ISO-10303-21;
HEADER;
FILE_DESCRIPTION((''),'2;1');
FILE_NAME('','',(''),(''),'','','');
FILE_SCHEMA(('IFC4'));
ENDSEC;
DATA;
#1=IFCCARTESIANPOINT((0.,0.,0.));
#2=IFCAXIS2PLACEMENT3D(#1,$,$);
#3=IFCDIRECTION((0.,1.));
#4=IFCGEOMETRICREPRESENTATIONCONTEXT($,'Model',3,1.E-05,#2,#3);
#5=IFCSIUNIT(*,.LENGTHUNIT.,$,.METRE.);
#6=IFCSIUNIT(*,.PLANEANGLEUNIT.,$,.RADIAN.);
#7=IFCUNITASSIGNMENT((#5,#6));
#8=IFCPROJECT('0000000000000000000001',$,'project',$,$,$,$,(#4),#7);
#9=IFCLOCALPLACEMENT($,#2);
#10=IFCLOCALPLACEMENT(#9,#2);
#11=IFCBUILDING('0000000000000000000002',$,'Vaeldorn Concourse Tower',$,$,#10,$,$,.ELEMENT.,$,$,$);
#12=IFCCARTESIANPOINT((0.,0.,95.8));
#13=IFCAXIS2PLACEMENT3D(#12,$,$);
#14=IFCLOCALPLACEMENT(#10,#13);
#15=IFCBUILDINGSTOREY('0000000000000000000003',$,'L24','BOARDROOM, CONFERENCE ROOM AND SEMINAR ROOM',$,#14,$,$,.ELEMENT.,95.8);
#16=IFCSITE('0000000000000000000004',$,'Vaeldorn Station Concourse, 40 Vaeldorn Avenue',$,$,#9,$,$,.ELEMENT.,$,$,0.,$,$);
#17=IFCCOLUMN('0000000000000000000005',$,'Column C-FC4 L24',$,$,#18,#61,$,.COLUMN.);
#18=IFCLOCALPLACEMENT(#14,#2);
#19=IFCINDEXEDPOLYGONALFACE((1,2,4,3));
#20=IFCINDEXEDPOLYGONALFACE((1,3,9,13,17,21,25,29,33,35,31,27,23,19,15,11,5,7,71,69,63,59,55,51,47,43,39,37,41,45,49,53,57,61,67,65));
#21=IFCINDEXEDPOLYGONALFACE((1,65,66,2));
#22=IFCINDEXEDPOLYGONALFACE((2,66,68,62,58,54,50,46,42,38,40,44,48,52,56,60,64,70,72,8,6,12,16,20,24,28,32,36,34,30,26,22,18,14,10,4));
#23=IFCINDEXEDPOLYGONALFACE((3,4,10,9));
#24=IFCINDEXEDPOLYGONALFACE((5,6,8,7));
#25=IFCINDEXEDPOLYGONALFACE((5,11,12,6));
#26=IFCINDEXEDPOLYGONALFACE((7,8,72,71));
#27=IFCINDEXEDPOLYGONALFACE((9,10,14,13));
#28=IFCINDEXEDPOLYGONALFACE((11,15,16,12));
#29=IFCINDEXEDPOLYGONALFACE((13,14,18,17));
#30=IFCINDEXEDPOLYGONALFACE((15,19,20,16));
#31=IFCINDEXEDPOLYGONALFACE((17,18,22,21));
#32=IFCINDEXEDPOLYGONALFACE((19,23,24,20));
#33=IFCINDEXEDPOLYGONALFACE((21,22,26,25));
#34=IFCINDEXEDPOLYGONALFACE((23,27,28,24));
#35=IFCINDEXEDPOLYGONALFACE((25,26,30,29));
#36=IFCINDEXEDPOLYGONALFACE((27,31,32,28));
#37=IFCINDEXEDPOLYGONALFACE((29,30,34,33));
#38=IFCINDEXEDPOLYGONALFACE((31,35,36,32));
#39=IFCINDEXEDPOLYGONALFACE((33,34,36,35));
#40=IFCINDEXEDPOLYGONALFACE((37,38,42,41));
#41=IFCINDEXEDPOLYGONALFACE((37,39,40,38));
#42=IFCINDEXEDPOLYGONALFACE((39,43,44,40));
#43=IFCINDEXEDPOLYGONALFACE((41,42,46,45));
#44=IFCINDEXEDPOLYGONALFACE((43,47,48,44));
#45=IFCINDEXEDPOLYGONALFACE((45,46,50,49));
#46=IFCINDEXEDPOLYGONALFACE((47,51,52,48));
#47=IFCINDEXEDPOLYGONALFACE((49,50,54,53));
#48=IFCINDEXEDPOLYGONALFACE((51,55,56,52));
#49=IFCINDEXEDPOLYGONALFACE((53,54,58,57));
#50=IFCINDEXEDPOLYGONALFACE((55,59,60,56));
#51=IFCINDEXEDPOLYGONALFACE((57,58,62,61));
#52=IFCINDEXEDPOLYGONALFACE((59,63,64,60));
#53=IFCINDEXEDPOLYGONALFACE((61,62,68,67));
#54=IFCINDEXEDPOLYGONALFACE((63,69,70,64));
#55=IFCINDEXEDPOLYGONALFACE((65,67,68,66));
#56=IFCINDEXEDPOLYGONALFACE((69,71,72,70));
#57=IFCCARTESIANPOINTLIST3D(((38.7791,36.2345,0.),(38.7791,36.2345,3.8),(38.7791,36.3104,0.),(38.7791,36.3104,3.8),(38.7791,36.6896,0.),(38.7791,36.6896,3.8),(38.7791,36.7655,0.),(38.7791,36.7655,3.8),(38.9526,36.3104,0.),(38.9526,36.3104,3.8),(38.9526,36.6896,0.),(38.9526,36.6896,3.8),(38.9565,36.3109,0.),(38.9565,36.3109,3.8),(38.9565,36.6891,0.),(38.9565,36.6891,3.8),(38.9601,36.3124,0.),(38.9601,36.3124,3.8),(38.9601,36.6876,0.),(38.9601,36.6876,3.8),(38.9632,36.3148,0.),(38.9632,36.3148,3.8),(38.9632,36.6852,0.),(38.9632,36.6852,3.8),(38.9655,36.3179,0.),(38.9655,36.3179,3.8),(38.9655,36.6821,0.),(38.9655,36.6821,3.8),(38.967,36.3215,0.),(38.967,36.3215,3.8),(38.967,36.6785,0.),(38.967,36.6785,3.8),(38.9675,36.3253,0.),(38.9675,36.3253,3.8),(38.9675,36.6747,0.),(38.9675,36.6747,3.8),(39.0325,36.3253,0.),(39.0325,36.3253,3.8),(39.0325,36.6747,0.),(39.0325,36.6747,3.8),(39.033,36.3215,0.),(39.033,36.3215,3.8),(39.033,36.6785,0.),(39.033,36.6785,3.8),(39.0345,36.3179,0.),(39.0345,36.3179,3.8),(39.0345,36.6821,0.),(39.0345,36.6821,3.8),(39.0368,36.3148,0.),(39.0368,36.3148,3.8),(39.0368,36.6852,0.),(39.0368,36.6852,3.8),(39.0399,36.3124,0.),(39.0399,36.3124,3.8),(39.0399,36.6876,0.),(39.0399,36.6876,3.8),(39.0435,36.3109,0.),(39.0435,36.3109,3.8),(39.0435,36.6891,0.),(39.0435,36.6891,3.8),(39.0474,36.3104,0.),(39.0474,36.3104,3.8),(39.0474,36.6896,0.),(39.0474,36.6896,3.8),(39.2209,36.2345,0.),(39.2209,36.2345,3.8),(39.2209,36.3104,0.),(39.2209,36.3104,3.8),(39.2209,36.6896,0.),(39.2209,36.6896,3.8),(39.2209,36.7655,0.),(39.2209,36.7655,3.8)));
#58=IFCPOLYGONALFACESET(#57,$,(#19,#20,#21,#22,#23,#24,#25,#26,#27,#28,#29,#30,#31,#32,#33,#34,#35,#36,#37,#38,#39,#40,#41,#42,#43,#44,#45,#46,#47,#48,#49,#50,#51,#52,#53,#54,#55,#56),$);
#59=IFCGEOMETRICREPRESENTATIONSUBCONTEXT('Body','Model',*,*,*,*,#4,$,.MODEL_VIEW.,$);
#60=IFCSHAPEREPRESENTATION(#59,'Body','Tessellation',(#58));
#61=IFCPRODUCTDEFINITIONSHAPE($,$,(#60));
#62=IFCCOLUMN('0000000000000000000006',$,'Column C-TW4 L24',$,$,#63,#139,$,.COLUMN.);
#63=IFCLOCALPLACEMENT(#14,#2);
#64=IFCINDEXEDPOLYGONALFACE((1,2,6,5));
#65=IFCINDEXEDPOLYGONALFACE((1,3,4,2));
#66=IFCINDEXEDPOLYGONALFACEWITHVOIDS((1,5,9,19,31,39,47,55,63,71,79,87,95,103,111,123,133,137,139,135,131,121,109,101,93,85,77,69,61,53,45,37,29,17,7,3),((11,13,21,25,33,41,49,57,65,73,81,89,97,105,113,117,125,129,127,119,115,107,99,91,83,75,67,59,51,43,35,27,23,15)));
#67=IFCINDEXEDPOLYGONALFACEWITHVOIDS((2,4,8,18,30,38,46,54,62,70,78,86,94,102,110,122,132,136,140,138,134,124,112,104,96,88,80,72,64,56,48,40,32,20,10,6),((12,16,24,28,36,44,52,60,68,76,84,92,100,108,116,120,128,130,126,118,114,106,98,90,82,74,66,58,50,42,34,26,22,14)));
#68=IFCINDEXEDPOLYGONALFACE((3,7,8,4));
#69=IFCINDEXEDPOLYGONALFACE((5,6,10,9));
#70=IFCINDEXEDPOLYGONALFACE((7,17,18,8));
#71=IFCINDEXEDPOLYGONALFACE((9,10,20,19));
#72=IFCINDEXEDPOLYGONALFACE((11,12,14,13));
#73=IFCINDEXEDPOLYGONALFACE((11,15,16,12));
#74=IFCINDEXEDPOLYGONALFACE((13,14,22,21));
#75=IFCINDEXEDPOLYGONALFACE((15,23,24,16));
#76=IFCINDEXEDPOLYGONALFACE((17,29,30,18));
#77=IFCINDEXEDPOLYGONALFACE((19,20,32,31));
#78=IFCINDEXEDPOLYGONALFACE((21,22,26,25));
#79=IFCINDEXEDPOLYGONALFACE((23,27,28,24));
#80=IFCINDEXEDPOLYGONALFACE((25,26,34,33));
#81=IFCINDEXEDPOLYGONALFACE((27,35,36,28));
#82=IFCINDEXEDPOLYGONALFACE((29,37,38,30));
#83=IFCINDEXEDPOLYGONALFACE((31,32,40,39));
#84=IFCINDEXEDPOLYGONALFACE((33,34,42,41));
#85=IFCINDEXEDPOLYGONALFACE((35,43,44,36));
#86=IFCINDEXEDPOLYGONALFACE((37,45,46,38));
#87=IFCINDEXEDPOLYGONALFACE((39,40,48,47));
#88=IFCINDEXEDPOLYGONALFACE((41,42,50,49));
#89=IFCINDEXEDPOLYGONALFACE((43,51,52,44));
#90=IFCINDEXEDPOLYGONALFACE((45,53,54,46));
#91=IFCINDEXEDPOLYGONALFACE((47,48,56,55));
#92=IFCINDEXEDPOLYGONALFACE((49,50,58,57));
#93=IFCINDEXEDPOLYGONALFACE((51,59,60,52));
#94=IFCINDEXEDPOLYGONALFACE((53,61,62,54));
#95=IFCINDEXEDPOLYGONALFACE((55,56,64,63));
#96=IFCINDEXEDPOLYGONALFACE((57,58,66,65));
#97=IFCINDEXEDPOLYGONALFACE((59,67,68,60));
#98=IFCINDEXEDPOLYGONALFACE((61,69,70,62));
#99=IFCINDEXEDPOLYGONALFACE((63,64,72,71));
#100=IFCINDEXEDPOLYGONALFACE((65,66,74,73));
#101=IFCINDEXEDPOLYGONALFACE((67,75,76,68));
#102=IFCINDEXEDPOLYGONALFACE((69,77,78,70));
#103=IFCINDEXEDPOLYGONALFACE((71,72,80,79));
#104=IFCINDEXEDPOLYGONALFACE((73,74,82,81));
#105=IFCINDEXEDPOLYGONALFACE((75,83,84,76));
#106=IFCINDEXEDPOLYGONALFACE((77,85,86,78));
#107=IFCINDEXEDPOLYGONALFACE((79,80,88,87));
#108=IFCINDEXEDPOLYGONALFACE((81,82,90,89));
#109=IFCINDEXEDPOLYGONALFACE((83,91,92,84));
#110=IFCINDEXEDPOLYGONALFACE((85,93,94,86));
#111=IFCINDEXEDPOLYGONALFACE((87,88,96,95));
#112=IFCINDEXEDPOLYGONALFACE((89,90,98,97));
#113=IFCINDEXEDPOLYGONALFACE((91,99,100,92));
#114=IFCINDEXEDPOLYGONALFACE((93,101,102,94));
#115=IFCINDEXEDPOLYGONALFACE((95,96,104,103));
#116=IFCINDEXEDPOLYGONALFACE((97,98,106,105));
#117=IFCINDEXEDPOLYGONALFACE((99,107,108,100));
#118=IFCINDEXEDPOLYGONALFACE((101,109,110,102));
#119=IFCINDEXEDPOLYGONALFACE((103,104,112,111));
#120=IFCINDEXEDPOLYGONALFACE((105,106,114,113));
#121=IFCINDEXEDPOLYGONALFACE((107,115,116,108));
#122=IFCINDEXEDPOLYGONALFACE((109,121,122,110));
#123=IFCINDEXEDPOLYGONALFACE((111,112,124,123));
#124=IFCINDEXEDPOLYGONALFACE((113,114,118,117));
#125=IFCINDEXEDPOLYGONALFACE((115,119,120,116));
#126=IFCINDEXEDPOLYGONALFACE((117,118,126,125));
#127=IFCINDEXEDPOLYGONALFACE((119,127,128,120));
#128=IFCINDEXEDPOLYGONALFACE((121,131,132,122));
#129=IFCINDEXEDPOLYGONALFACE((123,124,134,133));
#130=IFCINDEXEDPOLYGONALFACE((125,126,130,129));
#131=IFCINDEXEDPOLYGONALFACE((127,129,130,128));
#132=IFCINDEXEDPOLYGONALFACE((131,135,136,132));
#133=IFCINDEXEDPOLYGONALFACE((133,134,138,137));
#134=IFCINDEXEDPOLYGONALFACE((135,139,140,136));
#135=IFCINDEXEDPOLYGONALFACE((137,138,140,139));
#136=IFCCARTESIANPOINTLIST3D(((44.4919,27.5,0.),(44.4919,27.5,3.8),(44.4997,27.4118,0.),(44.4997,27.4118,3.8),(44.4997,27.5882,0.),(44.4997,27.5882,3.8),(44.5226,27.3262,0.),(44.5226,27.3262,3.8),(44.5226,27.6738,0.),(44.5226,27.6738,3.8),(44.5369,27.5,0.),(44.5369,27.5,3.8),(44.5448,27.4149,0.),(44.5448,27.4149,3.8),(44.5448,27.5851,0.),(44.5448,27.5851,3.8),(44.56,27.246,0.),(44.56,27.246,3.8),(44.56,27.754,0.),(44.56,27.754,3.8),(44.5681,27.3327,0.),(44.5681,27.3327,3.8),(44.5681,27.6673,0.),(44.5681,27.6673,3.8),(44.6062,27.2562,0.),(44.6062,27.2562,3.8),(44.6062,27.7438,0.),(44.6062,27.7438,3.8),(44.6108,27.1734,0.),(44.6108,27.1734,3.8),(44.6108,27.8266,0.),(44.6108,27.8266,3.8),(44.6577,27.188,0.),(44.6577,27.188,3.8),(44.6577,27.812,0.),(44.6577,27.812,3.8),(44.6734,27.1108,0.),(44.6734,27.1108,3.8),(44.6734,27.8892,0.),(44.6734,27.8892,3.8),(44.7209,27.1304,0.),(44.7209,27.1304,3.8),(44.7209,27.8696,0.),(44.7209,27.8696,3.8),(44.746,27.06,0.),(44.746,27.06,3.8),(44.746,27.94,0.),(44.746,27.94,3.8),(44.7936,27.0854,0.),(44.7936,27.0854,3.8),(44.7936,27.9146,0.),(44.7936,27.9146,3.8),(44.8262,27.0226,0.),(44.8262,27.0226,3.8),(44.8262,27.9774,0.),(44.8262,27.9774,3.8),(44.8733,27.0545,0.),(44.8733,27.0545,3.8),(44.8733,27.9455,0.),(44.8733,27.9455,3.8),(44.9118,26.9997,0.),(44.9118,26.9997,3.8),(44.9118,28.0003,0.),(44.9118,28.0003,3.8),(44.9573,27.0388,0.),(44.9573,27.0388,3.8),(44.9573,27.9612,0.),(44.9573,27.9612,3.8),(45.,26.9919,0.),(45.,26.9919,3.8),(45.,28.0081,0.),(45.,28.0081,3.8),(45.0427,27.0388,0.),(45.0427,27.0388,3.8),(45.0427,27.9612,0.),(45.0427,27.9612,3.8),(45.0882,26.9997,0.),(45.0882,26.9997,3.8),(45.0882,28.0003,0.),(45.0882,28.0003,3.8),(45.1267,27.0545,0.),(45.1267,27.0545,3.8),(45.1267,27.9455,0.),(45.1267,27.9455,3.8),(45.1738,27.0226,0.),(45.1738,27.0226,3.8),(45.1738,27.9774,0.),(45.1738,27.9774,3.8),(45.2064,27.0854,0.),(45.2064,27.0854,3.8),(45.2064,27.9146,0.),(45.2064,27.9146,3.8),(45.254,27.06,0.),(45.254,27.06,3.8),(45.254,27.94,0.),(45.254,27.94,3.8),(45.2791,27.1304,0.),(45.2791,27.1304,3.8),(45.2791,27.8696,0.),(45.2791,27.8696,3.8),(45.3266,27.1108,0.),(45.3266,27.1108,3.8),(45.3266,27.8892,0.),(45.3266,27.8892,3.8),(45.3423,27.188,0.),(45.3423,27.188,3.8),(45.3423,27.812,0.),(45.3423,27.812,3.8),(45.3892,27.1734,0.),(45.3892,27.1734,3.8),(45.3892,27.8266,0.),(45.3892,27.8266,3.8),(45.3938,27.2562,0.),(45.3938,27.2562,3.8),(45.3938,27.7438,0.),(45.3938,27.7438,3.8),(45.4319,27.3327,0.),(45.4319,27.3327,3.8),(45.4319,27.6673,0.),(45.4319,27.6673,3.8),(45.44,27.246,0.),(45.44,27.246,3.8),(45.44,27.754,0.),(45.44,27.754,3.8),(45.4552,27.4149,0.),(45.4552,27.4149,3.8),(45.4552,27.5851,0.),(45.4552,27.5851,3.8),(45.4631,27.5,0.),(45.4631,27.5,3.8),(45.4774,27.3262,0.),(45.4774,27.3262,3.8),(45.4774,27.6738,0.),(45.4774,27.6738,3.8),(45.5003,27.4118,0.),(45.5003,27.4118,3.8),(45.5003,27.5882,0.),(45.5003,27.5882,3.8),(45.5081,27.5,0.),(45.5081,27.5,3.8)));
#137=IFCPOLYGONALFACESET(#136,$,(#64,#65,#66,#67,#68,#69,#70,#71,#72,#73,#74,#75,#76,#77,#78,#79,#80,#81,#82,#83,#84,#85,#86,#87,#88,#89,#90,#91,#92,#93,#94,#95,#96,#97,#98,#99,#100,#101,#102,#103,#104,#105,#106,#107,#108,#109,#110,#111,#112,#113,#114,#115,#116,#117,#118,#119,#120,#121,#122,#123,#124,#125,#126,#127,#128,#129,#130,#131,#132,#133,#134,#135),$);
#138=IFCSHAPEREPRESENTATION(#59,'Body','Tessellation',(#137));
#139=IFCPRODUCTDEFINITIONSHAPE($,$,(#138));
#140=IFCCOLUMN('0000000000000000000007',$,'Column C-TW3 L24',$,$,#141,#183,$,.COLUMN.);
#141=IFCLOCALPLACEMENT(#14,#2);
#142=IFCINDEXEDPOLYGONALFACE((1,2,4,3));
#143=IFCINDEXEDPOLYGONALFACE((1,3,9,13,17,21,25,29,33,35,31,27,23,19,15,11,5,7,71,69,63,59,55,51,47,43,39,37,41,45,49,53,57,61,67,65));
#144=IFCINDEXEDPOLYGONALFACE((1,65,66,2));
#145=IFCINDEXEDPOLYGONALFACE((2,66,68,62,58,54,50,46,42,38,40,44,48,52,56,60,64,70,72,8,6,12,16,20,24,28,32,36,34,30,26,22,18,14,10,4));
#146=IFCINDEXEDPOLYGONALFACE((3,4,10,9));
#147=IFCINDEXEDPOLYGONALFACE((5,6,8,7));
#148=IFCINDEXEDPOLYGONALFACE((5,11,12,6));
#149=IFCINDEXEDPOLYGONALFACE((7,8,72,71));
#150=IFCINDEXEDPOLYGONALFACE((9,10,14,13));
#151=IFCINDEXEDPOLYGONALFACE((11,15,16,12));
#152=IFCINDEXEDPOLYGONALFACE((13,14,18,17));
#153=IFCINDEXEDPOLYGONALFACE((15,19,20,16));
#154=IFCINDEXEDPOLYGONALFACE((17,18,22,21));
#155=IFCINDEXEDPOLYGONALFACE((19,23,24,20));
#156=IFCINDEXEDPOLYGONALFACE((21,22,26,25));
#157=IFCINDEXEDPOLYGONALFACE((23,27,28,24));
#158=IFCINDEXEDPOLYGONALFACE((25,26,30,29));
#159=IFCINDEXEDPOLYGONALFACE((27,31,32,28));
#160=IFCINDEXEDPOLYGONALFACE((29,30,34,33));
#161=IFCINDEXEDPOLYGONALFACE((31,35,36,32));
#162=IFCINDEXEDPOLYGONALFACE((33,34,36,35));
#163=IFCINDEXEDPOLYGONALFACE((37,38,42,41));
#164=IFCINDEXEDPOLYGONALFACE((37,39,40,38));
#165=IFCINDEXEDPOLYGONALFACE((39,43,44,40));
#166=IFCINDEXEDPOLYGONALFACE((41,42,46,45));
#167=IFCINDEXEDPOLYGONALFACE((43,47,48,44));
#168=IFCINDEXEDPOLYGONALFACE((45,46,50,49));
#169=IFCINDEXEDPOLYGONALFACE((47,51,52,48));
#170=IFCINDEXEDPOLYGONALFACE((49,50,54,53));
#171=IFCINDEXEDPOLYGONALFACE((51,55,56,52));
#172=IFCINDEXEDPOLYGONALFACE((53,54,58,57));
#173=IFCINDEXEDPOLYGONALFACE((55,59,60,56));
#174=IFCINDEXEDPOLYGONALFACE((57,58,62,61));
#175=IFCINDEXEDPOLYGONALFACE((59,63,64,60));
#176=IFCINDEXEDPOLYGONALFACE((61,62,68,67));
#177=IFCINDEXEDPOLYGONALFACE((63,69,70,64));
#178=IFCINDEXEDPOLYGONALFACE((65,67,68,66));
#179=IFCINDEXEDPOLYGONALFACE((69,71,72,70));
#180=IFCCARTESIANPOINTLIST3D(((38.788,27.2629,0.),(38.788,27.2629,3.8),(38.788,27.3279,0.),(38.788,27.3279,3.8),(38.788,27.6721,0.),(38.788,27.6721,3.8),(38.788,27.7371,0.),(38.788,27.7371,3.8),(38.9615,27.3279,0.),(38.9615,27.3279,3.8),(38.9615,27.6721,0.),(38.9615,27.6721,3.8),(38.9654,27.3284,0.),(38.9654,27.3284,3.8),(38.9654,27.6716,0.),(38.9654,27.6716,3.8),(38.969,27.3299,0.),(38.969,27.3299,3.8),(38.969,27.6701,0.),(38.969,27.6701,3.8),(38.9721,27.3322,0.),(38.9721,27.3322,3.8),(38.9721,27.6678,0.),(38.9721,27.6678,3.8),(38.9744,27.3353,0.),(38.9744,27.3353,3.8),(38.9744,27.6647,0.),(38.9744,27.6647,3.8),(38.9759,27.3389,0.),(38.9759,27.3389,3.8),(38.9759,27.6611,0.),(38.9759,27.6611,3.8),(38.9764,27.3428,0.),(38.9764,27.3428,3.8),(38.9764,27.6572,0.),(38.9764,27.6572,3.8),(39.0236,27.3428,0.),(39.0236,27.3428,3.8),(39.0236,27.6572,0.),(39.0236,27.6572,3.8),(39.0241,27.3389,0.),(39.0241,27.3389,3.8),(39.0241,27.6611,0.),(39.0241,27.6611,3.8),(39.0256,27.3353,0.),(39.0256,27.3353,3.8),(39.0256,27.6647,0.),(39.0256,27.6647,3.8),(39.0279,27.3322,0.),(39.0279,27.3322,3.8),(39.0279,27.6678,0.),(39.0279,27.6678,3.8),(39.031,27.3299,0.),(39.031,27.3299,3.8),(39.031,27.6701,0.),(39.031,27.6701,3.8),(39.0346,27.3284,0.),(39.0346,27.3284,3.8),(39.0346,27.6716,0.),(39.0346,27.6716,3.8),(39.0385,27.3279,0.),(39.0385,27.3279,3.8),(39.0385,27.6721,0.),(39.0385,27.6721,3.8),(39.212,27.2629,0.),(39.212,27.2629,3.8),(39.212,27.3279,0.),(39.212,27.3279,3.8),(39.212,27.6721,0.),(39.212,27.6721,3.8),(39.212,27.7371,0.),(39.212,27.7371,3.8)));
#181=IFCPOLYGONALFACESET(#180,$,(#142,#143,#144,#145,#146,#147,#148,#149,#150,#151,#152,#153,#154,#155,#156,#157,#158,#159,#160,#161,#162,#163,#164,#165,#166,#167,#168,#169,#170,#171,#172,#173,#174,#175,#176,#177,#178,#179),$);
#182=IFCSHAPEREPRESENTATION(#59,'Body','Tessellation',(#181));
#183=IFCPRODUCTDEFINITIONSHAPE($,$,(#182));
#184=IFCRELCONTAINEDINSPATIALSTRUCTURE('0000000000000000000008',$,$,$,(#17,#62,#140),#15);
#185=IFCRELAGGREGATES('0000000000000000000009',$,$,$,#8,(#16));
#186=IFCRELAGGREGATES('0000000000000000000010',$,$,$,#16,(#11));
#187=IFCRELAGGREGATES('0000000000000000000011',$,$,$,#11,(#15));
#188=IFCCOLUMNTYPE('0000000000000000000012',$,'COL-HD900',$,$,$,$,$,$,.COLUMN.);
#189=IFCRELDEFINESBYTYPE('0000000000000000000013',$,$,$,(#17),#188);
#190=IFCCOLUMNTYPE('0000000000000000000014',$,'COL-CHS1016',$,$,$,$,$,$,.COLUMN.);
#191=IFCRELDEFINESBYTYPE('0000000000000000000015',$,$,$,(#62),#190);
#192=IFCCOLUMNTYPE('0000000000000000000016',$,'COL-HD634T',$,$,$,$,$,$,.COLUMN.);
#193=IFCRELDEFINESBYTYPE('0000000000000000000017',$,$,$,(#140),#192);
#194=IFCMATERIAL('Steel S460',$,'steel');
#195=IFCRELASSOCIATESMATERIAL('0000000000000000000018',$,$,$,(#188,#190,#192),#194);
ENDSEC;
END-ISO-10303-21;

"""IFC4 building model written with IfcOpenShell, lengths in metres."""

from ifc_helpers import new_model, si_unit, direction, frame, origin, origin_2d, place, context, subcontext, project, spatial, hollow_circle, i_section, extrude, source, transform, mapped, material, material_profile, profile_set, type_object, element, save


model = new_model("IFC4")

# Units and contexts
model_context = context("Model", 3, precision=1e-05, world=origin(), true_north=direction((0.0, 1.0)))
body_context = subcontext(model_context, "Body", "Model", "MODEL_VIEW")
ifc_project = project(units=[si_unit("LENGTHUNIT", "METRE"), si_unit("PLANEANGLEUNIT", "RADIAN")], contexts=[model_context])

# Site, building, storey
site_placement = place(None, origin())
site = spatial("IfcSite", under=ifc_project, at=site_placement, Name="Vaeldorn Station Concourse, 40 Vaeldorn Avenue", CompositionType="ELEMENT", RefElevation=0.0)
building_placement = place(site_placement, origin())
building = spatial("IfcBuilding", under=site, at=building_placement, Name="Vaeldorn Concourse Tower", CompositionType="ELEMENT")
storey_placement = place(building_placement, frame((0.0, 0.0, 95.8)))
storey = spatial("IfcBuildingStorey", under=building, at=storey_placement, Name="L24", Description="BOARDROOM, CONFERENCE ROOM AND SEMINAR ROOM", CompositionType="ELEMENT", Elevation=95.8)

# Columns
ifc_material_1 = material(Name="Steel S460", Category="steel")
ifc_material_profile_1 = material_profile(ifc_material_1, i_section(OverallWidth=0.4419, OverallDepth=0.531, WebThickness=0.0649, FlangeThickness=0.0759, FilletRadius=0.0149, at=origin_2d()), Name="HD 400x900")
ifc_profile_set_1 = profile_set([ifc_material_profile_1], Name="Steel S460")
column_type_1 = type_object("IfcColumnType", Name="COL-HD900", PredefinedType="COLUMN", material=ifc_profile_set_1)
shared_shape_1 = source(origin(), body_context, "Body", "SweptSolid", [
    extrude(i_section(OverallWidth=0.4419, OverallDepth=0.531, WebThickness=0.0649, FlangeThickness=0.0759, FilletRadius=0.0149, at=origin_2d()), origin(), (0.0, 0.0, 1.0), 3.8),
])
column_1_placement = place(storey_placement, frame((39.0, 36.5, 0.0), z_axis=(0.0, 0.0, 1.0), x_axis=(1.0, 0.0, 0.0)))
element("IfcColumn", 1, at=column_1_placement, inside=storey, type_object=column_type_1, Name="Column C-FC4 L24", PredefinedType="COLUMN", context=body_context, shape_type="MappedRepresentation", body=[
    mapped(shared_shape_1, transform((0.0, 0.0, 0.0), scale=1.0)),
])
ifc_material_profile_2 = material_profile(ifc_material_1, hollow_circle(Radius=0.5081, WallThickness=0.0449, at=origin_2d()), Name="CHS 1016x45")
ifc_profile_set_2 = profile_set([ifc_material_profile_2], Name="Steel S460")
column_type_2 = type_object("IfcColumnType", Name="COL-CHS1016", PredefinedType="COLUMN", material=ifc_profile_set_2)
shared_shape_2 = source(origin(), body_context, "Body", "SweptSolid", [
    extrude(hollow_circle(Radius=0.5081, WallThickness=0.0449, at=origin_2d()), origin(), (0.0, 0.0, 1.0), 3.8),
])
column_2_placement = place(storey_placement, frame((45.0, 27.5, 0.0), z_axis=(0.0, 0.0, 1.0), x_axis=(1.0, 0.0, 0.0)))
element("IfcColumn", 2, at=column_2_placement, inside=storey, type_object=column_type_2, Name="Column C-TW4 L24", PredefinedType="COLUMN", context=body_context, shape_type="MappedRepresentation", body=[
    mapped(shared_shape_2, transform((0.0, 0.0, 0.0), scale=1.0)),
])
ifc_material_profile_3 = material_profile(ifc_material_1, i_section(OverallWidth=0.4241, OverallDepth=0.4741, WebThickness=0.0471, FlangeThickness=0.0649, FilletRadius=0.0149, at=origin_2d()), Name="HD 400x634")
ifc_profile_set_3 = profile_set([ifc_material_profile_3], Name="Steel S460")
column_type_3 = type_object("IfcColumnType", Name="COL-HD634T", PredefinedType="COLUMN", material=ifc_profile_set_3)
shared_shape_3 = source(origin(), body_context, "Body", "SweptSolid", [
    extrude(i_section(OverallWidth=0.4241, OverallDepth=0.4741, WebThickness=0.0471, FlangeThickness=0.0649, FilletRadius=0.0149, at=origin_2d()), origin(), (0.0, 0.0, 1.0), 3.8),
])
for number, where, z_axis, x_axis, name in (
    (3, (39.0, 27.5, 0.0), (0.0, 0.0, 1.0), (1.0, 0.0, 0.0), "Column C-TW3 L24"),
):
    element("IfcColumn", number, at=place(storey_placement, frame(where, z_axis=z_axis, x_axis=x_axis)), inside=storey, type_object=column_type_3, Name=name, PredefinedType="COLUMN", context=body_context, shape_type="MappedRepresentation", body=[
        mapped(shared_shape_3, transform((0.0, 0.0, 0.0), scale=1.0)),
    ])

save(model, "model.ifc")
